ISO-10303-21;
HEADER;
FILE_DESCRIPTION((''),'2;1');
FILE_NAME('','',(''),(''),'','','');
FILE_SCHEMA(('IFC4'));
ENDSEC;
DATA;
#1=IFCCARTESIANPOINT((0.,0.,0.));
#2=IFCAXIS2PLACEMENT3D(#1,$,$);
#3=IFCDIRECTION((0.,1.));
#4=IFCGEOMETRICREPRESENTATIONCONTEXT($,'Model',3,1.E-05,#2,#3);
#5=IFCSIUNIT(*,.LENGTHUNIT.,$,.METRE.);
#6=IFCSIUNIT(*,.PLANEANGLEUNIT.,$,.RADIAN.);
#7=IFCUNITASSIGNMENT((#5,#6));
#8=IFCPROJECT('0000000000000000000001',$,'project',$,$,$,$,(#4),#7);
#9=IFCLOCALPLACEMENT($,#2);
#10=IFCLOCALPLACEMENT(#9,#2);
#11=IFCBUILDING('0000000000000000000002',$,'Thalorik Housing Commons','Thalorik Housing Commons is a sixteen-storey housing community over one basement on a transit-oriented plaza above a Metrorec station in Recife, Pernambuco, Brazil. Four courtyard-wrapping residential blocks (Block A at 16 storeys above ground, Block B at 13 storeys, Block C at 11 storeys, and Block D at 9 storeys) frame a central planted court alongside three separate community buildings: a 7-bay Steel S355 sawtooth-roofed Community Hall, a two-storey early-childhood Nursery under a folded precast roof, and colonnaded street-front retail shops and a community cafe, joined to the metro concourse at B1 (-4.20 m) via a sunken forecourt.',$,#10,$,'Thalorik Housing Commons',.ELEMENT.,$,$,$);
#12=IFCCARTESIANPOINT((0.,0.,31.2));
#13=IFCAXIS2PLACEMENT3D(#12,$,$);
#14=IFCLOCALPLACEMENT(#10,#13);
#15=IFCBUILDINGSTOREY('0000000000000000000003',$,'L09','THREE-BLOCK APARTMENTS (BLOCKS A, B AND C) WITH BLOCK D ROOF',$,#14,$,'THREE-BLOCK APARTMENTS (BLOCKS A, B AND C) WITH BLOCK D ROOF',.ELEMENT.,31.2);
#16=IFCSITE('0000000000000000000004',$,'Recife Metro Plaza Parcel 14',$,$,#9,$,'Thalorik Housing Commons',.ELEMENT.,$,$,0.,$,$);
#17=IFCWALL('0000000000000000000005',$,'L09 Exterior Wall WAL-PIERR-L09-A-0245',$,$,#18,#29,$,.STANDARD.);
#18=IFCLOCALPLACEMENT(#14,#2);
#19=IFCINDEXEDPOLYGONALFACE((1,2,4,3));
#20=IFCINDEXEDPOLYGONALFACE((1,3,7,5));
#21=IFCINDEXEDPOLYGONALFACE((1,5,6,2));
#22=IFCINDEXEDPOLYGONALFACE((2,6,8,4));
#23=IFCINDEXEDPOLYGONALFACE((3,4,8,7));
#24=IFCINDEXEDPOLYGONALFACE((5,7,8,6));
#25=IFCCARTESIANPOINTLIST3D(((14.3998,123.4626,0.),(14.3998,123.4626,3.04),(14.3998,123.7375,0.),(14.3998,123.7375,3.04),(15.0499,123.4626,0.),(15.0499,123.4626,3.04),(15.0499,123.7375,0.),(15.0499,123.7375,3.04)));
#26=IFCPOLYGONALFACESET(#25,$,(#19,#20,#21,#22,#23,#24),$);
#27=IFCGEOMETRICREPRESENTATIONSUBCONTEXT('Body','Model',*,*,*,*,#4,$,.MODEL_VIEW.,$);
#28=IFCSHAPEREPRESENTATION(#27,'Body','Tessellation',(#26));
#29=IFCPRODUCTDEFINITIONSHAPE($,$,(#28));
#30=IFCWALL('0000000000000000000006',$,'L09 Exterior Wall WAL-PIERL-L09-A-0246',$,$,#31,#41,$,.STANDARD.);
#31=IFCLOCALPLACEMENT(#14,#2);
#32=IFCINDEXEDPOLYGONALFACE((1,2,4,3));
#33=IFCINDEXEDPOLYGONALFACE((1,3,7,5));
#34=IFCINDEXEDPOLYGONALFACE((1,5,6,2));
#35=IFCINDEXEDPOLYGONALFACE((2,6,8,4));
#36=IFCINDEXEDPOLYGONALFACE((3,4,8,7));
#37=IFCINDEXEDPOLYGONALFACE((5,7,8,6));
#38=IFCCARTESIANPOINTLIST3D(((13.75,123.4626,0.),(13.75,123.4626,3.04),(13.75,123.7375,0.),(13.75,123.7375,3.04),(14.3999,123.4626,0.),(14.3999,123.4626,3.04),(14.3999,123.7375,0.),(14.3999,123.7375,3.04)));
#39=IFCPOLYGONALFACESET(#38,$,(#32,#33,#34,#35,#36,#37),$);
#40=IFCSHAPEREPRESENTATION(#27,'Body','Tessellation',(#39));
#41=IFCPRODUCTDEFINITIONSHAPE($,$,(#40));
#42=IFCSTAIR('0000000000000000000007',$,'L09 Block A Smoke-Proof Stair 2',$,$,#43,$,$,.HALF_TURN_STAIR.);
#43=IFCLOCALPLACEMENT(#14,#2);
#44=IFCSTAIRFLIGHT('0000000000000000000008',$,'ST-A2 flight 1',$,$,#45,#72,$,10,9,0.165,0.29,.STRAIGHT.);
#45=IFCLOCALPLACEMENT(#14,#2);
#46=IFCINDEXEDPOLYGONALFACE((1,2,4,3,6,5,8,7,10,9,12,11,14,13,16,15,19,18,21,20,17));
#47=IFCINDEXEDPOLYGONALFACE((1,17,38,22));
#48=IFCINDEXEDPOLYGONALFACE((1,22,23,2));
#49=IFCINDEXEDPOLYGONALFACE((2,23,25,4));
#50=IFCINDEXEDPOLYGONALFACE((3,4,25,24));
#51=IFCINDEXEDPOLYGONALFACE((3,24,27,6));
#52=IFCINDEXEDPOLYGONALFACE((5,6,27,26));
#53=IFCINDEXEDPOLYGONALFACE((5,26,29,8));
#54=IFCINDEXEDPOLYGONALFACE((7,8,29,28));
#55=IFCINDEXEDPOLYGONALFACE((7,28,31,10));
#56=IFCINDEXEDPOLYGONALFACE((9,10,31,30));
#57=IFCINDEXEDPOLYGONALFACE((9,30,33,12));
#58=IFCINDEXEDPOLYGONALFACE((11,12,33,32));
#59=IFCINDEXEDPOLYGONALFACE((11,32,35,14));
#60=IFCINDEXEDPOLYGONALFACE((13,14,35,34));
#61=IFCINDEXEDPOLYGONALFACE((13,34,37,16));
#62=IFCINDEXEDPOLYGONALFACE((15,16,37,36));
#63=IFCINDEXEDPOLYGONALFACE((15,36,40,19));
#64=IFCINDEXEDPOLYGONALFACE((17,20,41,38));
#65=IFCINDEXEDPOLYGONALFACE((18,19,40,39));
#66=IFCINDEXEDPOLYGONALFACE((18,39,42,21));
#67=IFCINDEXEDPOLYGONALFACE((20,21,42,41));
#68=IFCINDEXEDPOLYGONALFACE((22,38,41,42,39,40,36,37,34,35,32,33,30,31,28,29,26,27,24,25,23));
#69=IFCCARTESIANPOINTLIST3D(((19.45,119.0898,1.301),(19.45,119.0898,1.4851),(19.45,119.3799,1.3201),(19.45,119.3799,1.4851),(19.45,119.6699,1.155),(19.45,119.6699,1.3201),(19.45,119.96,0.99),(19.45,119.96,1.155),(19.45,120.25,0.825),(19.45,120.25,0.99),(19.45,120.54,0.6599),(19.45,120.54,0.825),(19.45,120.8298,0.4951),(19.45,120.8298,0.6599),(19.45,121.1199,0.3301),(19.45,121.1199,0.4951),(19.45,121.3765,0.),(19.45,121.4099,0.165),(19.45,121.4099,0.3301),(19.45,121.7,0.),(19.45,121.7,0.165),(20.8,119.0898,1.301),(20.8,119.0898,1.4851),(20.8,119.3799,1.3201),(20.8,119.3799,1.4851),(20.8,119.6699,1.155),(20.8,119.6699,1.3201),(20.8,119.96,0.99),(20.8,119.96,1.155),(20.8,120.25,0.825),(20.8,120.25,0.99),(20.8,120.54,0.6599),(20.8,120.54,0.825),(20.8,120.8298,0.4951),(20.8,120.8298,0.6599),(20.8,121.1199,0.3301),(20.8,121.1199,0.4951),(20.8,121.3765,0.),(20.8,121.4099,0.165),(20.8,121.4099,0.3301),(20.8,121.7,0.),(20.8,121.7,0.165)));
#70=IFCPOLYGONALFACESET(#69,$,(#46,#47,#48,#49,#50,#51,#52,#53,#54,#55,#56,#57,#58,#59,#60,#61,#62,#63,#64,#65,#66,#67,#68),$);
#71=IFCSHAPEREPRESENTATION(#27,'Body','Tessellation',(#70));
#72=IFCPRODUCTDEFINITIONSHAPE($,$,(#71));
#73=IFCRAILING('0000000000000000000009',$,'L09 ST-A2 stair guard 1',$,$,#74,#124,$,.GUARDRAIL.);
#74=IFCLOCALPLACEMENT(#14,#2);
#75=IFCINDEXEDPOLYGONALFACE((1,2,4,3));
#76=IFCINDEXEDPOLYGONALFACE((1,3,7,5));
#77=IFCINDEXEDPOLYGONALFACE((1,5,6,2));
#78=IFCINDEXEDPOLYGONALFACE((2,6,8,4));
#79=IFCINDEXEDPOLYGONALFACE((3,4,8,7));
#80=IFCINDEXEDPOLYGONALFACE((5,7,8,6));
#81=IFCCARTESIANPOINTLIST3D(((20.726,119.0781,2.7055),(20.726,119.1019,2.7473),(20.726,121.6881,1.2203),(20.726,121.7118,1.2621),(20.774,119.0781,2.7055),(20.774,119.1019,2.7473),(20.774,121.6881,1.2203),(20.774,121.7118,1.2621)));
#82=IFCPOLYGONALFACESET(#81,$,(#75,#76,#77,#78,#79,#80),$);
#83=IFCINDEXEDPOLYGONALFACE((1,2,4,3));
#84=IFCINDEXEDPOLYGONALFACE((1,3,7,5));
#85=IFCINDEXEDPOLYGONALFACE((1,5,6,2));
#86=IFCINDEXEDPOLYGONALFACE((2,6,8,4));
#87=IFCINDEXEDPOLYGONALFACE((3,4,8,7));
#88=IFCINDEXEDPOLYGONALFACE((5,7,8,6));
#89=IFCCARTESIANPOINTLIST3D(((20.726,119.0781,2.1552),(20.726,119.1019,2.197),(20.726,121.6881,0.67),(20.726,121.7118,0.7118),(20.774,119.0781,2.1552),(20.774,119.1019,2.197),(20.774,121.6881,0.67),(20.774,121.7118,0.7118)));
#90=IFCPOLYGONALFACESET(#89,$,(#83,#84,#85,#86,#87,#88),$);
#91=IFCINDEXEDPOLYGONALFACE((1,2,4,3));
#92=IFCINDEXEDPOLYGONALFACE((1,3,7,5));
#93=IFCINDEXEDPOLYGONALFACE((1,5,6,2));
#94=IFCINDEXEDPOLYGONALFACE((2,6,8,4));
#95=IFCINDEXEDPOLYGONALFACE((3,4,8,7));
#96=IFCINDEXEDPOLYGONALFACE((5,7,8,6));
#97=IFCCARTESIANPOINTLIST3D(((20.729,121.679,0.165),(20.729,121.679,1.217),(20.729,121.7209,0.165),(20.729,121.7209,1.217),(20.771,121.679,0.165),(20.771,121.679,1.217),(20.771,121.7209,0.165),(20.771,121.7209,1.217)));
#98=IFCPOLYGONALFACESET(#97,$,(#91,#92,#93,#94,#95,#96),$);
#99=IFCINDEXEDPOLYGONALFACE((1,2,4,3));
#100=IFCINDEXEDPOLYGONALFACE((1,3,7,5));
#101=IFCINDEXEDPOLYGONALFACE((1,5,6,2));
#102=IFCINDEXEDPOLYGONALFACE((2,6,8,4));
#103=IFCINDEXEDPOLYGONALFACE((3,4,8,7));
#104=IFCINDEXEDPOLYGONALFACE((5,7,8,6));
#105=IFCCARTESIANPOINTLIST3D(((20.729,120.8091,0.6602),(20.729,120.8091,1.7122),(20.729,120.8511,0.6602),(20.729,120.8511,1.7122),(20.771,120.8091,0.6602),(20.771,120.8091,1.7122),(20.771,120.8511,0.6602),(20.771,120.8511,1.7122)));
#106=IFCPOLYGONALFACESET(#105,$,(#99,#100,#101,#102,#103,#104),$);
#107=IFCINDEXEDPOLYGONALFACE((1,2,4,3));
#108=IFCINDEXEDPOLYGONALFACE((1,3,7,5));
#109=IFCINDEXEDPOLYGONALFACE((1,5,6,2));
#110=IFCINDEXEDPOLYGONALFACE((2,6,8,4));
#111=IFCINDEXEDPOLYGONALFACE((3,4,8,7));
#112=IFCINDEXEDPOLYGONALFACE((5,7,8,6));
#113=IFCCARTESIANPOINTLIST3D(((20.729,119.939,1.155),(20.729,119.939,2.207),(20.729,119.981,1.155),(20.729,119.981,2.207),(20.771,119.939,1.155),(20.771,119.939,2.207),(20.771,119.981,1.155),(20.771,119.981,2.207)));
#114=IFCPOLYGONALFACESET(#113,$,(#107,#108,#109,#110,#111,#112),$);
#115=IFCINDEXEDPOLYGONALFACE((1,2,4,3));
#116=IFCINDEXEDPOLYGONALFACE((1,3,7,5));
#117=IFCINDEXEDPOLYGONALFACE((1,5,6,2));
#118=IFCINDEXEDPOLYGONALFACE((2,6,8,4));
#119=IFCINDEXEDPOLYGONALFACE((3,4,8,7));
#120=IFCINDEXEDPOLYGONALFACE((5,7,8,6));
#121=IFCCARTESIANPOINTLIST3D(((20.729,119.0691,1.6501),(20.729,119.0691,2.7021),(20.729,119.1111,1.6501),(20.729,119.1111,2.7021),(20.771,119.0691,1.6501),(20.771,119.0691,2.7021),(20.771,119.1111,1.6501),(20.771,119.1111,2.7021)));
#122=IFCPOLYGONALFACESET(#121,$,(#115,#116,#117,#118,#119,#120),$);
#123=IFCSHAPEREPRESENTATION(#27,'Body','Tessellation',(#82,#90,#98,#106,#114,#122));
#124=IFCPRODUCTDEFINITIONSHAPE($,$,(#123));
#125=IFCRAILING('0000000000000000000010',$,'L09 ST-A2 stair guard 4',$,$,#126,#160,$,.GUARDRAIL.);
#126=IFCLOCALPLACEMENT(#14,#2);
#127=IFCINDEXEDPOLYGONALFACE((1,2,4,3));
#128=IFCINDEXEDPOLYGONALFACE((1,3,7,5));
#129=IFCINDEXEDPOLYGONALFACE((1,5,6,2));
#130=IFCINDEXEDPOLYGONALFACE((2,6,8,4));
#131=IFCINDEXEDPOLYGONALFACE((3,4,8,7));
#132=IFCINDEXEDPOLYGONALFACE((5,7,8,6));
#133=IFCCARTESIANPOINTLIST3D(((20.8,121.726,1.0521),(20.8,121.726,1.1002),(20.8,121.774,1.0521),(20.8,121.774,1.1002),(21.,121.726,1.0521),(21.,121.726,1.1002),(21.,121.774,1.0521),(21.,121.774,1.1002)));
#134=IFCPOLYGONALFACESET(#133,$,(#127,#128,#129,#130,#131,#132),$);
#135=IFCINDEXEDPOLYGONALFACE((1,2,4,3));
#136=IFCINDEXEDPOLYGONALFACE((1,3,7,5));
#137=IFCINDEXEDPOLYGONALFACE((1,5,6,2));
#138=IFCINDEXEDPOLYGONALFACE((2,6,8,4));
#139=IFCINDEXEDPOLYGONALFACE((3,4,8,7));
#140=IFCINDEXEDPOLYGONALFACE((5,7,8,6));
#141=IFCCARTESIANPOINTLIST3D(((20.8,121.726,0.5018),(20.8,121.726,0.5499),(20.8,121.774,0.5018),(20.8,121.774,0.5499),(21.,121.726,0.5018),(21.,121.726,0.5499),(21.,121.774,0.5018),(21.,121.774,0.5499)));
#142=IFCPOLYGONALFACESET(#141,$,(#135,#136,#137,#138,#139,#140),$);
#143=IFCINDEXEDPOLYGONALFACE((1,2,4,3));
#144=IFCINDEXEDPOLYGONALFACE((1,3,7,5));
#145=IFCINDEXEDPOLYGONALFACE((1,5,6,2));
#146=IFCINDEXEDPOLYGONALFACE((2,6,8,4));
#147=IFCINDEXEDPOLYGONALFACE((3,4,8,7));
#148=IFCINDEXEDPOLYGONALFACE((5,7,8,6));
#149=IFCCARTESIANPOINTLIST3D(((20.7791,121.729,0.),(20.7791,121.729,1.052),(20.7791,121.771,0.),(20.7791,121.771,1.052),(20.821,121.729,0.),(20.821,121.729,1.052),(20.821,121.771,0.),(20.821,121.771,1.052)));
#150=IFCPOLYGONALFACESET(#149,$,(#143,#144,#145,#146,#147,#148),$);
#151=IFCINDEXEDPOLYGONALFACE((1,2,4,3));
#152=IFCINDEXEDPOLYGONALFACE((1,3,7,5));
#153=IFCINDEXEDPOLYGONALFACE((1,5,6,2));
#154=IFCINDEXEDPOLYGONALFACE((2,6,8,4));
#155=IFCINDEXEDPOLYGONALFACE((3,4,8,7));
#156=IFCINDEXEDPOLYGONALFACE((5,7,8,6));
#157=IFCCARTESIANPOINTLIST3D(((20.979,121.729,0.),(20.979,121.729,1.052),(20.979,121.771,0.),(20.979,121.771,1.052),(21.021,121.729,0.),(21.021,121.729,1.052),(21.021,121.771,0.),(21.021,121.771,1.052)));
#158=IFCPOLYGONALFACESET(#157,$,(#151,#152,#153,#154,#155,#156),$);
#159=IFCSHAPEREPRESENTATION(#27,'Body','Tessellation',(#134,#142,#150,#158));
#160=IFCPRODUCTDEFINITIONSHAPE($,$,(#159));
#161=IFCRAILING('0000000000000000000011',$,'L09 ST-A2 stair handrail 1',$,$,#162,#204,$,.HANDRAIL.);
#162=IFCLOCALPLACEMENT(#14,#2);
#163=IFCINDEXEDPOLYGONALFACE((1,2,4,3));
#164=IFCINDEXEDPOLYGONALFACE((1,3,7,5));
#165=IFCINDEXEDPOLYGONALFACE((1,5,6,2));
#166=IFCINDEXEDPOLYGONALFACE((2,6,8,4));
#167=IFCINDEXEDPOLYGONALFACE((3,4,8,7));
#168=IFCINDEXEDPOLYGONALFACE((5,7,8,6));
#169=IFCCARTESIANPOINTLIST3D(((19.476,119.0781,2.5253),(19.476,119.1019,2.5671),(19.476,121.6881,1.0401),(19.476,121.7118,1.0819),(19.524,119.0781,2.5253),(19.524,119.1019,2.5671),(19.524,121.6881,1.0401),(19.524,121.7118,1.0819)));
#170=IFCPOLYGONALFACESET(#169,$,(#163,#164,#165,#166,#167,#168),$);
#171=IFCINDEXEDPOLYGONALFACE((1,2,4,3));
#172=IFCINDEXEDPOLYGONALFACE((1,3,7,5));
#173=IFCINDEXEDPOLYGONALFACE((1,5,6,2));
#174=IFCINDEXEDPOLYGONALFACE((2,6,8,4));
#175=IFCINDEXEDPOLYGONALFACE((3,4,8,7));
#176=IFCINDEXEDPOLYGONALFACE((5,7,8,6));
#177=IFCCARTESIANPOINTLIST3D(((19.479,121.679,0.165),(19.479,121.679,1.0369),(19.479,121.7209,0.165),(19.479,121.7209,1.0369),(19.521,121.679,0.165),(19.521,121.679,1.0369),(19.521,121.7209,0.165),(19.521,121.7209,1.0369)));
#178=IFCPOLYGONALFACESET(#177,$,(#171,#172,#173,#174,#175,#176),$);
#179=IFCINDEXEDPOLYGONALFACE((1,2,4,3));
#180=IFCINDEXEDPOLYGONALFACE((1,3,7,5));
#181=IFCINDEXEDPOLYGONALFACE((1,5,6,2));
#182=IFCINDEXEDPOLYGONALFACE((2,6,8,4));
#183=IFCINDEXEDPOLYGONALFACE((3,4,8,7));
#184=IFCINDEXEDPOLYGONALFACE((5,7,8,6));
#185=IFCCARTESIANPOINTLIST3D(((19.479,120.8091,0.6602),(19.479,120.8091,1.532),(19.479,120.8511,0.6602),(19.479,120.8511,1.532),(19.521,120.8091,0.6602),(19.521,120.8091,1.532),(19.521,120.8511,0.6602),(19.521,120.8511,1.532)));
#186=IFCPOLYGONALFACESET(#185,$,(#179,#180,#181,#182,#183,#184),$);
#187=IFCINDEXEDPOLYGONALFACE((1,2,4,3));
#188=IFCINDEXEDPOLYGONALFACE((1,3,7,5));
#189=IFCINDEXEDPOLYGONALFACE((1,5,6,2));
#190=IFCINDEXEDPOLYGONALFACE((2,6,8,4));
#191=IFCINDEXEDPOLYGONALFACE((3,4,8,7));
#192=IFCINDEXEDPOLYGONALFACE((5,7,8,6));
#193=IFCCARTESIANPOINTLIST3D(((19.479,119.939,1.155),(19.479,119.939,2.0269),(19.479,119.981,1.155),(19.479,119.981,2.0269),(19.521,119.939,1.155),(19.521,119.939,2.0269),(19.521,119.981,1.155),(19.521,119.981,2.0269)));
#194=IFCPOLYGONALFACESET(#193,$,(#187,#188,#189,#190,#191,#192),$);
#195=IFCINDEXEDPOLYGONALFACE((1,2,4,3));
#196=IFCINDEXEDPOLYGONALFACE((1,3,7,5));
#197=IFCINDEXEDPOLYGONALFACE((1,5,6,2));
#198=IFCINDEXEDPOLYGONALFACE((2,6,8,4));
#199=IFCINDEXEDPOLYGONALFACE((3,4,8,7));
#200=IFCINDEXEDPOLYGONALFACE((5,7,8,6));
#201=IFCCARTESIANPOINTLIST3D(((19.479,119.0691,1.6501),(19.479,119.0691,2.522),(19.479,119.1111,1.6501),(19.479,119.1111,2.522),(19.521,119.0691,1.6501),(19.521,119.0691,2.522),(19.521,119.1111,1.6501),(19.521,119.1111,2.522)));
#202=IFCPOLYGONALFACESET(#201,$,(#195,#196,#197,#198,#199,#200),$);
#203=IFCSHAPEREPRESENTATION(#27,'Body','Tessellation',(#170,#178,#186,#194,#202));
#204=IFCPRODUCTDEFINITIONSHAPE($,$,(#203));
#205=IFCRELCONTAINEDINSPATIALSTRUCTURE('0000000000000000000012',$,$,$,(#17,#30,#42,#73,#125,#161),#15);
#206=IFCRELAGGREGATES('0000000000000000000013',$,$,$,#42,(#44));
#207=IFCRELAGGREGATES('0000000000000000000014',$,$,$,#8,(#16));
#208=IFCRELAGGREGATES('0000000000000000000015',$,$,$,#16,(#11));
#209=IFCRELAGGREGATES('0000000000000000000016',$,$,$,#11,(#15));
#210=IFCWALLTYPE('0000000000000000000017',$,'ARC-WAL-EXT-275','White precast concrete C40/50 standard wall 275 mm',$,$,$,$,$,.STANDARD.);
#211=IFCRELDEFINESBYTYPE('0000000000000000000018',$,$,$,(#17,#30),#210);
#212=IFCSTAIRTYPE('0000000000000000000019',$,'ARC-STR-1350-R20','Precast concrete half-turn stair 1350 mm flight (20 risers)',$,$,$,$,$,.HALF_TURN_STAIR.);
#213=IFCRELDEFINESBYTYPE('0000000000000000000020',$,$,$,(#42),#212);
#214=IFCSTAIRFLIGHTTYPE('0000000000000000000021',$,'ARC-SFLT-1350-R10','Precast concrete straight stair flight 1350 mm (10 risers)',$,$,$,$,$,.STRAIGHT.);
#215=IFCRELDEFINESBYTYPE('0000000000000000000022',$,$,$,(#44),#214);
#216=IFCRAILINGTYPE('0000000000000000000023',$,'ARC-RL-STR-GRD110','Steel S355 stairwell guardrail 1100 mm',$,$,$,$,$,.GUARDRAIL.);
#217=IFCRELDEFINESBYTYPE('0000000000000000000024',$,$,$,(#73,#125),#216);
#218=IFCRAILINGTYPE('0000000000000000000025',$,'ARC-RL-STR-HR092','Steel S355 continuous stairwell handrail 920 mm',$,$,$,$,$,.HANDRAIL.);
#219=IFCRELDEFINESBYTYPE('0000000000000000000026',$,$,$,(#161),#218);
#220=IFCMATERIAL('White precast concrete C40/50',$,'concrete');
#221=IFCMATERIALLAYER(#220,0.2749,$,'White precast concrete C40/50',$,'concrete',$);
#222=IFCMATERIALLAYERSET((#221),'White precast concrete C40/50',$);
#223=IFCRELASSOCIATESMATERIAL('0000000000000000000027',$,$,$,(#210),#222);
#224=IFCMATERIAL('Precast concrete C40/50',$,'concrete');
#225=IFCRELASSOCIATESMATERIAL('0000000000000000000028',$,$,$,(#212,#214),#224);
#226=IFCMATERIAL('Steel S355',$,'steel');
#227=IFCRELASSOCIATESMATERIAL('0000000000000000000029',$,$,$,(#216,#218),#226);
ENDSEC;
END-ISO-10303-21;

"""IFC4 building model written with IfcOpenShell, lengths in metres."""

from ifc_helpers import new_model, si_unit, direction, frame, frame_2d, origin, origin_2d, place, context, subcontext, project, spatial, polyline, rectangle, outline, extrude, material, layer, layer_set, type_object, element, aggregate, save


model = new_model("IFC4")

# Units and contexts
model_context = context("Model", 3, precision=1e-05, world=origin(), true_north=direction((0.0, 1.0)))
body_context = subcontext(model_context, "Body", "Model", "MODEL_VIEW")
ifc_project = project(units=[si_unit("LENGTHUNIT", "METRE"), si_unit("PLANEANGLEUNIT", "RADIAN")], contexts=[model_context])

# Site, building, storey
site_placement = place(None, origin())
site = spatial("IfcSite", under=ifc_project, at=site_placement, Name="Recife Metro Plaza Parcel 14", LongName="Thalorik Housing Commons", CompositionType="ELEMENT", RefElevation=0.0)
building_placement = place(site_placement, origin())
building = spatial("IfcBuilding", under=site, at=building_placement, Name="Thalorik Housing Commons", Description="Thalorik Housing Commons is a sixteen-storey housing community over one basement on a transit-oriented plaza above a Metrorec station in Recife, Pernambuco, Brazil. Four courtyard-wrapping residential blocks (Block A at 16 storeys above ground, Block B at 13 storeys, Block C at 11 storeys, and Block D at 9 storeys) frame a central planted court alongside three separate community buildings: a 7-bay Steel S355 sawtooth-roofed Community Hall, a two-storey early-childhood Nursery under a folded precast roof, and colonnaded street-front retail shops and a community cafe, joined to the metro concourse at B1 (-4.20 m) via a sunken forecourt.", LongName="Thalorik Housing Commons", CompositionType="ELEMENT")
storey_placement = place(building_placement, frame((0.0, 0.0, 31.2)))
storey = spatial("IfcBuildingStorey", under=building, at=storey_placement, Name="L09", Description="THREE-BLOCK APARTMENTS (BLOCKS A, B AND C) WITH BLOCK D ROOF", LongName="THREE-BLOCK APARTMENTS (BLOCKS A, B AND C) WITH BLOCK D ROOF", CompositionType="ELEMENT", Elevation=31.2)

# Shared definitions
ifc_material_1 = material(Name="Precast concrete C40/50", Category="concrete")

# Shared definitions
ifc_material_2 = material(Name="Steel S355", Category="steel")

# Walls
ifc_material_3 = material(Name="White precast concrete C40/50", Category="concrete")
ifc_layer_1 = layer(ifc_material_3, 0.2749, Name="White precast concrete C40/50", Category="concrete")
ifc_layer_set_1 = layer_set([ifc_layer_1], Name="White precast concrete C40/50")
wall_type_1 = type_object("IfcWallType", Name="ARC-WAL-EXT-275", Description="White precast concrete C40/50 standard wall 275 mm", PredefinedType="STANDARD", material=ifc_layer_set_1)
wall_1_placement = place(storey_placement, frame((15.05, 123.6001, 0.0), z_axis=(0.0, 0.0, 1.0), x_axis=(-1.0, 0.0, 0.0)))
element("IfcWall", 1, at=wall_1_placement, inside=storey, type_object=wall_type_1, Name="L09 Exterior Wall WAL-PIERR-L09-A-0245", PredefinedType="STANDARD", context=body_context, shape_type="SweptSolid", body=[
    extrude(rectangle(XDim=0.6501, YDim=0.2749, at=frame_2d((0.3252, 0.0))), origin(), (0.0, 0.0, 1.0), 3.04),
])
wall_2_placement = place(storey_placement, frame((14.3999, 123.6001, 0.0), z_axis=(0.0, 0.0, 1.0), x_axis=(-1.0, 0.0, 0.0)))
element("IfcWall", 2, at=wall_2_placement, inside=storey, type_object=wall_type_1, Name="L09 Exterior Wall WAL-PIERL-L09-A-0246", PredefinedType="STANDARD", context=body_context, shape_type="SweptSolid", body=[
    extrude(rectangle(XDim=0.6499, YDim=0.2749, at=frame_2d((0.325, 0.0))), origin(), (0.0, 0.0, 1.0), 3.04),
])

# Stair, stair flight
stair_type = type_object("IfcStairType", Name="ARC-STR-1350-R20", Description="Precast concrete half-turn stair 1350 mm flight (20 risers)", PredefinedType="HALF_TURN_STAIR", material=ifc_material_1)
stair_placement = place(storey_placement, origin())
stair = element("IfcStair", 3, at=stair_placement, inside=storey, type_object=stair_type, Name="L09 Block A Smoke-Proof Stair 2", PredefinedType="HALF_TURN_STAIR")
stair_flight_type = type_object("IfcStairFlightType", Name="ARC-SFLT-1350-R10", Description="Precast concrete straight stair flight 1350 mm (10 risers)", PredefinedType="STRAIGHT", material=ifc_material_1)
stair_flight_placement = place(storey_placement, frame((20.125, 121.7, 0.0), z_axis=(0.0, 0.0, 1.0), x_axis=(0.0, -1.0, 0.0)))
stair_flight = element("IfcStairFlight", 4, at=stair_flight_placement, type_object=stair_flight_type, Name="ST-A2 flight 1", NumberOfRisers=10, NumberOfTreads=9, PredefinedType="STRAIGHT", RiserHeight=0.165, TreadLength=0.29, context=body_context, shape_type="SweptSolid", body=[
    extrude(outline(polyline([(0.0, 0.0), (0.0, 0.165), (0.29, 0.165), (0.29, 0.3301), (0.5801, 0.3301), (0.5801, 0.4951), (0.8701, 0.4951), (0.8701, 0.6599), (1.1599, 0.6599), (1.1599, 0.825), (1.45, 0.825), (1.45, 0.99), (1.74, 0.99), (1.74, 1.155), (2.03, 1.155), (2.03, 1.3201), (2.3201, 1.3201), (2.3201, 1.4851), (2.6101, 1.4851), (2.6101, 1.6499), (2.6101, 1.301), (0.3235, 0.0), (0.0, 0.0)])), frame((0.0, 0.675, 0.0), z_axis=(0.0, -1.0, 0.0), x_axis=(1.0, 0.0, 0.0)), (0.0, 0.0, 1.0), 1.3501),
])
aggregate(stair, [stair_flight])

# Railings
railing_type_1 = type_object("IfcRailingType", Name="ARC-RL-STR-GRD110", Description="Steel S355 stairwell guardrail 1100 mm", PredefinedType="GUARDRAIL", material=ifc_material_2)
railing_1_placement = place(storey_placement, frame((20.75, 121.7, 0.165)))
element("IfcRailing", 5, at=railing_1_placement, inside=storey, type_object=railing_type_1, Name="L09 ST-A2 stair guard 1", PredefinedType="GUARDRAIL", context=body_context, shape_type="SweptSolid", body=[
    extrude(rectangle(XDim=0.0481, YDim=0.0481, at=origin_2d()), frame((0.0, 0.0, 1.0762), z_axis=(0.0, -0.869137, 0.494571), x_axis=(1.0, 0.0, 0.0)), (0.0, 0.0, 1.0), 3.0029),
    extrude(rectangle(XDim=0.0481, YDim=0.0481, at=origin_2d()), frame((0.0, 0.0, 0.5259), z_axis=(0.0, -0.869137, 0.494571), x_axis=(1.0, 0.0, 0.0)), (0.0, 0.0, 1.0), 3.0029),
    extrude(rectangle(XDim=0.042, YDim=0.042, at=origin_2d()), origin(), (0.0, 0.0, 1.0), 1.052),
    extrude(rectangle(XDim=0.042, YDim=0.042, at=origin_2d()), frame((0.0, -0.8699, 0.4951)), (0.0, 0.0, 1.0), 1.052),
    extrude(rectangle(XDim=0.042, YDim=0.042, at=origin_2d()), frame((0.0, -1.74, 0.99)), (0.0, 0.0, 1.0), 1.052),
    extrude(rectangle(XDim=0.042, YDim=0.042, at=origin_2d()), frame((0.0, -2.6099, 1.4851)), (0.0, 0.0, 1.0), 1.052),
])
railing_2_placement = place(storey_placement, frame((20.8, 121.75, 0.0)))
element("IfcRailing", 6, at=railing_2_placement, inside=storey, type_object=railing_type_1, Name="L09 ST-A2 stair guard 4", PredefinedType="GUARDRAIL", context=body_context, shape_type="SweptSolid", body=[
    extrude(rectangle(XDim=0.0481, YDim=0.0481, at=origin_2d()), frame((0.0, 0.0, 1.0762), z_axis=(1.0, 0.0, 0.0), x_axis=(0.0, 1.0, 0.0)), (0.0, 0.0, 1.0), 0.2),
    extrude(rectangle(XDim=0.0481, YDim=0.0481, at=origin_2d()), frame((0.0, 0.0, 0.5259), z_axis=(1.0, 0.0, 0.0), x_axis=(0.0, 1.0, 0.0)), (0.0, 0.0, 1.0), 0.2),
    extrude(rectangle(XDim=0.042, YDim=0.042, at=origin_2d()), origin(), (0.0, 0.0, 1.0), 1.052),
    extrude(rectangle(XDim=0.042, YDim=0.042, at=origin_2d()), frame((0.2, 0.0, 0.0)), (0.0, 0.0, 1.0), 1.052),
])
railing_type_2 = type_object("IfcRailingType", Name="ARC-RL-STR-HR092", Description="Steel S355 continuous stairwell handrail 920 mm", PredefinedType="HANDRAIL", material=ifc_material_2)
railing_3_placement = place(storey_placement, frame((19.5, 121.7, 0.165)))
element("IfcRailing", 7, at=railing_3_placement, inside=storey, type_object=railing_type_2, Name="L09 ST-A2 stair handrail 1", PredefinedType="HANDRAIL", context=body_context, shape_type="SweptSolid", body=[
    extrude(rectangle(XDim=0.0481, YDim=0.0481, at=origin_2d()), frame((0.0, 0.0, 0.896), z_axis=(0.0, -0.869137, 0.494571), x_axis=(1.0, 0.0, 0.0)), (0.0, 0.0, 1.0), 3.0029),
    extrude(rectangle(XDim=0.042, YDim=0.042, at=origin_2d()), origin(), (0.0, 0.0, 1.0), 0.8718),
    extrude(rectangle(XDim=0.042, YDim=0.042, at=origin_2d()), frame((0.0, -0.8699, 0.4951)), (0.0, 0.0, 1.0), 0.8718),
    extrude(rectangle(XDim=0.042, YDim=0.042, at=origin_2d()), frame((0.0, -1.74, 0.99)), (0.0, 0.0, 1.0), 0.8718),
    extrude(rectangle(XDim=0.042, YDim=0.042, at=origin_2d()), frame((0.0, -2.6099, 1.4851)), (0.0, 0.0, 1.0), 0.8718),
])

save(model, "model.ifc")
